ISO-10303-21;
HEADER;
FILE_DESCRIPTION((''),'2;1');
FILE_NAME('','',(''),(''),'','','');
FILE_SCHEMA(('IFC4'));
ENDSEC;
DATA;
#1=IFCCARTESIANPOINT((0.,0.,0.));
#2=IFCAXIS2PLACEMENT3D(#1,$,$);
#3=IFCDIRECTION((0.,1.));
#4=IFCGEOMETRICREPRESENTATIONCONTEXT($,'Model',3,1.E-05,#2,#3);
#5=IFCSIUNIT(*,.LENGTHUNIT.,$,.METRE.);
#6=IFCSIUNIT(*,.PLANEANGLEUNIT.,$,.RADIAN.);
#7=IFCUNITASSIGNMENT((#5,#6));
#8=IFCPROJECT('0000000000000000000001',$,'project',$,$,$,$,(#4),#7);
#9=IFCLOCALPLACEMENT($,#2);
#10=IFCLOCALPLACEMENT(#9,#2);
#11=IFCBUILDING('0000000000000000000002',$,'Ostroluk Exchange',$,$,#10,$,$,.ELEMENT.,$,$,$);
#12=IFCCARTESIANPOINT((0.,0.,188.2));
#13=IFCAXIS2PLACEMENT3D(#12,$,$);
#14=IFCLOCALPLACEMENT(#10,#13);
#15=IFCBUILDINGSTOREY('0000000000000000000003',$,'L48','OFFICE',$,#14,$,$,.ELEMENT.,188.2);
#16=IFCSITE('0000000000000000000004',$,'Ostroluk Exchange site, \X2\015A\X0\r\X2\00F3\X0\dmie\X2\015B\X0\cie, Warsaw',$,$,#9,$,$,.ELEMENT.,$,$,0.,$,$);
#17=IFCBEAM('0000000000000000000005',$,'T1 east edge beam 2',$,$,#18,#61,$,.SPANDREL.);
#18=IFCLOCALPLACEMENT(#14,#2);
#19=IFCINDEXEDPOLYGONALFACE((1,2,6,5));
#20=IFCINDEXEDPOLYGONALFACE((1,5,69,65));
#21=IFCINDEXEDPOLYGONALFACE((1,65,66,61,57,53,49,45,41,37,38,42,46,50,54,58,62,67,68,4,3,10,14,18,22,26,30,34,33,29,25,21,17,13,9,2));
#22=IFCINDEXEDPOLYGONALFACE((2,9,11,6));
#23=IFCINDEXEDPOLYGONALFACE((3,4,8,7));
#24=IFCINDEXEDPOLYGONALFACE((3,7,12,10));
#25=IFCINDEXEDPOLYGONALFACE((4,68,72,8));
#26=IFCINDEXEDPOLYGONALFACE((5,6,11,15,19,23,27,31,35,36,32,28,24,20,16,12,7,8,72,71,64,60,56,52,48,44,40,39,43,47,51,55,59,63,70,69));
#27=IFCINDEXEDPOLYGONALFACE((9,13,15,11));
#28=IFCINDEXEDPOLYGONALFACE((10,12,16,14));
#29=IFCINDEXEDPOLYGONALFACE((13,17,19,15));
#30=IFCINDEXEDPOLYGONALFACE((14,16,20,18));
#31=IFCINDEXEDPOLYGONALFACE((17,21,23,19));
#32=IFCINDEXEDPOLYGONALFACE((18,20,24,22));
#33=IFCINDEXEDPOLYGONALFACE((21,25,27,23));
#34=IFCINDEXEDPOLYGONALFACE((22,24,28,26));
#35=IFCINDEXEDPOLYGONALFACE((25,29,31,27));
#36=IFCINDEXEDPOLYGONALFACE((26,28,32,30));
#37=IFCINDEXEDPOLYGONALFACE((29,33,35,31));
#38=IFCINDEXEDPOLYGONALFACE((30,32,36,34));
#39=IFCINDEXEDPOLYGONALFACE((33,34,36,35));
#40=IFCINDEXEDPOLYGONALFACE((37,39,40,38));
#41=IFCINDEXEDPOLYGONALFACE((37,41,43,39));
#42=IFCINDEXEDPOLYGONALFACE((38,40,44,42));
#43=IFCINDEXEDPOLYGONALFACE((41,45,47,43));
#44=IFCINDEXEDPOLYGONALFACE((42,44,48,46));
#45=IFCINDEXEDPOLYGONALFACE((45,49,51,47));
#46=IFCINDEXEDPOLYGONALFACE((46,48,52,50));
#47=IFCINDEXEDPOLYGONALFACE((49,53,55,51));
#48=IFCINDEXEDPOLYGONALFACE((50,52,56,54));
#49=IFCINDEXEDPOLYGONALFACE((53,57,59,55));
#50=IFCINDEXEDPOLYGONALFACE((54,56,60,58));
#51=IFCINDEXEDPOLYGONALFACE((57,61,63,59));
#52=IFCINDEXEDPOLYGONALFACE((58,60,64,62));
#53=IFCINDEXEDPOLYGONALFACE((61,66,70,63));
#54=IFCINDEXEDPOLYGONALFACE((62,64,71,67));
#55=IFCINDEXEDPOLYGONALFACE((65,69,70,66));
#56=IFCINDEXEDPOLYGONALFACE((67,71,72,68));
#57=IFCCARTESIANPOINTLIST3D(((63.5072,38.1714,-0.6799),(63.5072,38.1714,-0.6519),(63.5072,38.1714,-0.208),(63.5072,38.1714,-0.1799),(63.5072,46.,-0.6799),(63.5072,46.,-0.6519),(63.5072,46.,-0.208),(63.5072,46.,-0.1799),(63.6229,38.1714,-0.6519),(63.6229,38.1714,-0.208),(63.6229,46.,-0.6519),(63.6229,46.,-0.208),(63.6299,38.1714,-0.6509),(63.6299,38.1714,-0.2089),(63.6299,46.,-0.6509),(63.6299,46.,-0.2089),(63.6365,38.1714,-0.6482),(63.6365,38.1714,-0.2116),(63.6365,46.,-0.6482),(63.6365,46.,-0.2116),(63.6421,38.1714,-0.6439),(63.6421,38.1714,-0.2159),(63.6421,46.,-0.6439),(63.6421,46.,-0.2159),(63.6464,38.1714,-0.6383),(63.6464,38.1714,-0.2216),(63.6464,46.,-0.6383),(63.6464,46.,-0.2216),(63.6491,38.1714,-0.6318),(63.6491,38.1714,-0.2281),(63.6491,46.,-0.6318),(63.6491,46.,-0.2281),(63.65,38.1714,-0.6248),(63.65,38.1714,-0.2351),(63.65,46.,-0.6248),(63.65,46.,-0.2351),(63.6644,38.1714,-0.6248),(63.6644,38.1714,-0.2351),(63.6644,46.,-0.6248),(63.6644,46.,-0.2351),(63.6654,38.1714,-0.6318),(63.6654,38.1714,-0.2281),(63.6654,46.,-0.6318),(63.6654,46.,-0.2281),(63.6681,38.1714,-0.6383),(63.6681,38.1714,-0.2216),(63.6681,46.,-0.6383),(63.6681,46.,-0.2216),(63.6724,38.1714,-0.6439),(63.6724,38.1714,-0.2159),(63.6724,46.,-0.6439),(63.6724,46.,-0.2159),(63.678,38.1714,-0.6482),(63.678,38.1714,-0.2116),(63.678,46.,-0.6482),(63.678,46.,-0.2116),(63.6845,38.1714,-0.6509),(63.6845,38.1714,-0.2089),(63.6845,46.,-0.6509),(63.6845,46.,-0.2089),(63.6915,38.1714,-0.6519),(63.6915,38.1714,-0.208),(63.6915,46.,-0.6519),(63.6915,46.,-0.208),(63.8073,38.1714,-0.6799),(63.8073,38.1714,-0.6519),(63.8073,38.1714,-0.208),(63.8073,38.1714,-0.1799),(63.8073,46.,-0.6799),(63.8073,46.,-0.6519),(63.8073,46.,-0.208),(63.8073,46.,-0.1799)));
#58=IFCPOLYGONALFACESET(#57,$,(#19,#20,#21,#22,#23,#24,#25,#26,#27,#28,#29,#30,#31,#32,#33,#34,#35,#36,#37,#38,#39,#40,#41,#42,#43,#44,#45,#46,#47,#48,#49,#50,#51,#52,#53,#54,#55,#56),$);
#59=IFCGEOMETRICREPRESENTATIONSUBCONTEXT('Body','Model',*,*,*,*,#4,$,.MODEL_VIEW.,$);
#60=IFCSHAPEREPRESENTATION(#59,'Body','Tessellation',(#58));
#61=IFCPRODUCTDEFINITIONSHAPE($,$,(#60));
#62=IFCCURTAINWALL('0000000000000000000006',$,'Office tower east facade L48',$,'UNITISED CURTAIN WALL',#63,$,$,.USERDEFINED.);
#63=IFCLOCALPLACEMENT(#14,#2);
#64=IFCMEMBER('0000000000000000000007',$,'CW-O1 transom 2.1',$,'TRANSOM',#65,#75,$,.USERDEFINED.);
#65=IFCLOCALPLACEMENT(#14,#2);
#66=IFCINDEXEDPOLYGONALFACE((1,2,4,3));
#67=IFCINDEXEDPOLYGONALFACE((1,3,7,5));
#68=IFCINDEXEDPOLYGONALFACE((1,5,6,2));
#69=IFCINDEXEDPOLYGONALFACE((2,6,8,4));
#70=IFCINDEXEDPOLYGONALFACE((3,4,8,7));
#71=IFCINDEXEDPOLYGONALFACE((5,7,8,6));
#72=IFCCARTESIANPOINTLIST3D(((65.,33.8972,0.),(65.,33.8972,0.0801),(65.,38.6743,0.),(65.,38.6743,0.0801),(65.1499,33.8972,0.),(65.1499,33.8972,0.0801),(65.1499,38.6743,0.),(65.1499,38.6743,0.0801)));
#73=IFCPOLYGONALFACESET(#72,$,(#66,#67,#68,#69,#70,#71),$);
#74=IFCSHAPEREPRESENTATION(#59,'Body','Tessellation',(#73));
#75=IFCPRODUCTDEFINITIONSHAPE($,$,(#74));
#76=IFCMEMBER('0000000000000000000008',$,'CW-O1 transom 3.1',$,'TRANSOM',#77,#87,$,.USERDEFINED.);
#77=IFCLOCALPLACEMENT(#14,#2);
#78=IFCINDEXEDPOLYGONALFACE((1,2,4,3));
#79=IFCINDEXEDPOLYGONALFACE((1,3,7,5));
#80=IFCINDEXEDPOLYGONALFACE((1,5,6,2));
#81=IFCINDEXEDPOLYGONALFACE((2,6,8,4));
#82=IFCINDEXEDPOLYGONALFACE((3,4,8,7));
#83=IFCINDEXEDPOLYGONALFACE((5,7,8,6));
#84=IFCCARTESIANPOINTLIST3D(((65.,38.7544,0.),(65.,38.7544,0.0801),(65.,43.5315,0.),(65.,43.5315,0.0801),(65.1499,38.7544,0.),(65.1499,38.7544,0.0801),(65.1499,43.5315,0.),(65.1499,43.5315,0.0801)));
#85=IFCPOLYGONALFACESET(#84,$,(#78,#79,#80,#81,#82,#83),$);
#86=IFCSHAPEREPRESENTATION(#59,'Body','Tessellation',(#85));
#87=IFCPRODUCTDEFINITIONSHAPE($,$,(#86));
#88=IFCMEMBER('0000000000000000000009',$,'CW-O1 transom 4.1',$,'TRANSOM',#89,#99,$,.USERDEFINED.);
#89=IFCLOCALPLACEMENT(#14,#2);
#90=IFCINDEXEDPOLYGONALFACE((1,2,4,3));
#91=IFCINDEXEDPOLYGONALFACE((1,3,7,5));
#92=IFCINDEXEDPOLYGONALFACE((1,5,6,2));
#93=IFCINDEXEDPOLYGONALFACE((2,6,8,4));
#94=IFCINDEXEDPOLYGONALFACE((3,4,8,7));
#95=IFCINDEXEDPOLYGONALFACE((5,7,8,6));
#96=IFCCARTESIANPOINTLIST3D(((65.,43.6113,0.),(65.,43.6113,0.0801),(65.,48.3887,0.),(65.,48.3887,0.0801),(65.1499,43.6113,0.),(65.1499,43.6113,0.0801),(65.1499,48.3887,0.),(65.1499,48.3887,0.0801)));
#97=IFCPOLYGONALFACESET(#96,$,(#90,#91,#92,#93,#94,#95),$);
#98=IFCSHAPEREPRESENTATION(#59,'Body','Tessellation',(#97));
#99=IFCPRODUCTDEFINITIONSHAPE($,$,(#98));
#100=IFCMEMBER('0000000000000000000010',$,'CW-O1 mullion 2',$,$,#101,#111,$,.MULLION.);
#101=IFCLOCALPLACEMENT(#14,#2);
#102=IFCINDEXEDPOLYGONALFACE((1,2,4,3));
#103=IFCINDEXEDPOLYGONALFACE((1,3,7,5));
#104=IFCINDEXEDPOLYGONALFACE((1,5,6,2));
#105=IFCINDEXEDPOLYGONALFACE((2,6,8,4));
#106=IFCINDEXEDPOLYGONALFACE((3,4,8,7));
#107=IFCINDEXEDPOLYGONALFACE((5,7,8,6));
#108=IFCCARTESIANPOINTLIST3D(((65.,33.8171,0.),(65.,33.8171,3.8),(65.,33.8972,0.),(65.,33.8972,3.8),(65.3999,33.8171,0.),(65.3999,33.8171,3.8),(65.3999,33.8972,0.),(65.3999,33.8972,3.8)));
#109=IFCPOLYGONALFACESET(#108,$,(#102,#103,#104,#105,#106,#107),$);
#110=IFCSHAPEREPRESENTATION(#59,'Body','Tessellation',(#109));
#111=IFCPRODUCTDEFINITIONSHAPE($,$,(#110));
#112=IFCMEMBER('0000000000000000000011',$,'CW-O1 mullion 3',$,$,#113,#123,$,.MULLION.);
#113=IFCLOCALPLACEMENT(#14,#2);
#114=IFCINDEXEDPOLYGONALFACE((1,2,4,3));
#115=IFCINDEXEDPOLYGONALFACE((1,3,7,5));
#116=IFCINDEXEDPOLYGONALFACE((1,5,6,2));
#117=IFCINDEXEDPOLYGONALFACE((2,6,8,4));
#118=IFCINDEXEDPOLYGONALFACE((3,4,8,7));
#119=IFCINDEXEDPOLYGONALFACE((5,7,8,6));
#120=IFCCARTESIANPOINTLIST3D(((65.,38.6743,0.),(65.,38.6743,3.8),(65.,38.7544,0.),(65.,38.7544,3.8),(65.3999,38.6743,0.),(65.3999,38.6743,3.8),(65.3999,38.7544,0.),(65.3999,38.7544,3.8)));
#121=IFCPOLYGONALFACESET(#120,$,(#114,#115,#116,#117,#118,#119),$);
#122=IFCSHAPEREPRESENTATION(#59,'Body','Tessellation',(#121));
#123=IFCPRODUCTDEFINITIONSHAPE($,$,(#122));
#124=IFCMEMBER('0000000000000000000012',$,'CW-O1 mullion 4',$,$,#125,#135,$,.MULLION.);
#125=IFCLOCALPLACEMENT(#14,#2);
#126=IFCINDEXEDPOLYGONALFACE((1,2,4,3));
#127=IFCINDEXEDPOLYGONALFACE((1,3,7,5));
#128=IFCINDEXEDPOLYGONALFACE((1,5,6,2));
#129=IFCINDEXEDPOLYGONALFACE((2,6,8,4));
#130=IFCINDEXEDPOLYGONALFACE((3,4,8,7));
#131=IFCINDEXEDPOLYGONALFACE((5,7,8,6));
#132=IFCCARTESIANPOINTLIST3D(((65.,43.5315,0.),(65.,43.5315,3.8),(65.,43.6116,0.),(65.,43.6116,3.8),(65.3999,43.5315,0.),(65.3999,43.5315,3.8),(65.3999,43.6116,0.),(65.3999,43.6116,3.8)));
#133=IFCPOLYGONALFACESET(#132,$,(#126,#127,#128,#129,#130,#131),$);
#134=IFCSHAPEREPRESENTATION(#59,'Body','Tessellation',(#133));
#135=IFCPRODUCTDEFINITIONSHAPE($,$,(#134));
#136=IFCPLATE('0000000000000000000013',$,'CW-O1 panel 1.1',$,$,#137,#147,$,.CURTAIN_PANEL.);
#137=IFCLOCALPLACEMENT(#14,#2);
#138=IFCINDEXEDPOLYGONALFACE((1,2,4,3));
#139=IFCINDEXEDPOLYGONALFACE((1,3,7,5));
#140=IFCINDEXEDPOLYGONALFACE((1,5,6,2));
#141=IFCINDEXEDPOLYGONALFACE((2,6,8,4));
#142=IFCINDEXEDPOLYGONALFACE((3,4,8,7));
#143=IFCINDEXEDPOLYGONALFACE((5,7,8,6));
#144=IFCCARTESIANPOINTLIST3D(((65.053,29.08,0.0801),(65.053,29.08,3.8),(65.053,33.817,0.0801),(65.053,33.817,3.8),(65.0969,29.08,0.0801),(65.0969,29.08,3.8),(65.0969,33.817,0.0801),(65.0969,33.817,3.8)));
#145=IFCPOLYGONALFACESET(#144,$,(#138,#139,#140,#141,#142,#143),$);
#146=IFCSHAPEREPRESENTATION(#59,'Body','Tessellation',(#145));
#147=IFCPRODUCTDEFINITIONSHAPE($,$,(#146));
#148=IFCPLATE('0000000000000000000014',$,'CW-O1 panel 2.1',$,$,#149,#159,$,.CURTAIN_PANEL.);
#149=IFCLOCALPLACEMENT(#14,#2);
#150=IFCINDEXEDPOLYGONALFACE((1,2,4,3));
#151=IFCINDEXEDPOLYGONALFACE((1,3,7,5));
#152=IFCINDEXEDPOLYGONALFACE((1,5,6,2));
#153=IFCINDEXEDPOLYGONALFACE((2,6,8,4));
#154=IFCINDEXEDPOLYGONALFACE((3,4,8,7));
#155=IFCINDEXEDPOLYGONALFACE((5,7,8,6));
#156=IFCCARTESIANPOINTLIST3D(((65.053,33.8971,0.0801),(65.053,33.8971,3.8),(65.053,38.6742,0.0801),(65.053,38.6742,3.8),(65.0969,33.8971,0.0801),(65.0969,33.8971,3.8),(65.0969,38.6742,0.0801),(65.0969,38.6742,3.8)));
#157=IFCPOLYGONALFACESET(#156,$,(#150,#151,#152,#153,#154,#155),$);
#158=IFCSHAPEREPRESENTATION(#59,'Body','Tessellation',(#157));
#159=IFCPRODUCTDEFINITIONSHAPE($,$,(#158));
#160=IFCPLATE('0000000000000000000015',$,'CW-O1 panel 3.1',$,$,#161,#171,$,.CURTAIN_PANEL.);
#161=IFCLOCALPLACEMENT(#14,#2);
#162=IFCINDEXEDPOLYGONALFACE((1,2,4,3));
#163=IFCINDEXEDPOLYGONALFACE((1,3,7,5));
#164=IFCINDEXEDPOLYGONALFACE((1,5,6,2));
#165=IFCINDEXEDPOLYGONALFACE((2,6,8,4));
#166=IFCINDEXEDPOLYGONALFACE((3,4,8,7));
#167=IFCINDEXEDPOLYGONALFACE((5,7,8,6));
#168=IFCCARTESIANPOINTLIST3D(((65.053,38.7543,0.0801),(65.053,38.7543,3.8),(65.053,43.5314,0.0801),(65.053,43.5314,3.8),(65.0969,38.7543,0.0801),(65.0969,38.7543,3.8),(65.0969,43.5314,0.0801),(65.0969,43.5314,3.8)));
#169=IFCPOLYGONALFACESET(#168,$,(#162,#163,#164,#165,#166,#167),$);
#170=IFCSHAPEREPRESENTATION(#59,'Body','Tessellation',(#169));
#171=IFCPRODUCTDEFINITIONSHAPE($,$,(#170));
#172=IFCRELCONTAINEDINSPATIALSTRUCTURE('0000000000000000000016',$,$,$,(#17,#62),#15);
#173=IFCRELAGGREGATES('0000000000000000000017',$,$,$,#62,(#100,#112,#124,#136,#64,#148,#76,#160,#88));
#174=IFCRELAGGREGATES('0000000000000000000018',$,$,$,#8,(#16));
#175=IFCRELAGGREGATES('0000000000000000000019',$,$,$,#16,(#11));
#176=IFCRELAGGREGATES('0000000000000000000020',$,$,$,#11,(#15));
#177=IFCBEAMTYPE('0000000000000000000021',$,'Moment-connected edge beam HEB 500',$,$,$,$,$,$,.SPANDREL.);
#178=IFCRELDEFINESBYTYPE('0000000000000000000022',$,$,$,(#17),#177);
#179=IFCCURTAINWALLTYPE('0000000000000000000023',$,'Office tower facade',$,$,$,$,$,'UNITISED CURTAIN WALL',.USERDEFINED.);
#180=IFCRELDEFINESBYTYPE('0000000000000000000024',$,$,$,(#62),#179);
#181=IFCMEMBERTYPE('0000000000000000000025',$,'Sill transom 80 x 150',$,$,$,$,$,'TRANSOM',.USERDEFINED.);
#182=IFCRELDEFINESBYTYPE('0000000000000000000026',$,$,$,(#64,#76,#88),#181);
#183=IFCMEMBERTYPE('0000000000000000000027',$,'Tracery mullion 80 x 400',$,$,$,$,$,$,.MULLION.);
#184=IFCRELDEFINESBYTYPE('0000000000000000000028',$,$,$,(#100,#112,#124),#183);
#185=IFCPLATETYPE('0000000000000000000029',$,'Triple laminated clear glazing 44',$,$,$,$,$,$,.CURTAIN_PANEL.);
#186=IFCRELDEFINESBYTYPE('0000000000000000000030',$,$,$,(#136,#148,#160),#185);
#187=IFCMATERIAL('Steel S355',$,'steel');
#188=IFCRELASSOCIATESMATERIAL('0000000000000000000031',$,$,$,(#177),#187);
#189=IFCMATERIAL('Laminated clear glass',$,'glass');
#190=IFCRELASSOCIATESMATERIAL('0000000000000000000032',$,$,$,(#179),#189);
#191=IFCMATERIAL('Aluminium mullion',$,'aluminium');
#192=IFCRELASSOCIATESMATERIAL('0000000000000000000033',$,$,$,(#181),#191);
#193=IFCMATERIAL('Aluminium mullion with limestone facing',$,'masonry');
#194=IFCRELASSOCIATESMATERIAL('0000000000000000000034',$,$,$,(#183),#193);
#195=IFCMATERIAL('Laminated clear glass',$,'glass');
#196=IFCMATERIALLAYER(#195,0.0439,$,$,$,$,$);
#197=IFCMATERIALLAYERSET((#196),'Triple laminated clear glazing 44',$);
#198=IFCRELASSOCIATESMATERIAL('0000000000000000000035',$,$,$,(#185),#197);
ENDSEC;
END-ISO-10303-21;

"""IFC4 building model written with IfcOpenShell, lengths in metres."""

from ifc_helpers import new_model, si_unit, direction, frame, origin, origin_2d, place, context, subcontext, project, spatial, rectangle, i_section, extrude, material, layer, layer_set, material_profile, profile_set, type_object, element, aggregate, save


model = new_model("IFC4")

# Units and contexts
model_context = context("Model", 3, precision=1e-05, world=origin(), true_north=direction((0.0, 1.0)))
body_context = subcontext(model_context, "Body", "Model", "MODEL_VIEW")
ifc_project = project(units=[si_unit("LENGTHUNIT", "METRE"), si_unit("PLANEANGLEUNIT", "RADIAN")], contexts=[model_context])

# Site, building, storey
site_placement = place(None, origin())
site = spatial("IfcSite", under=ifc_project, at=site_placement, Name="Ostroluk Exchange site, Śródmieście, Warsaw", CompositionType="ELEMENT", RefElevation=0.0)
building_placement = place(site_placement, origin())
building = spatial("IfcBuilding", under=site, at=building_placement, Name="Ostroluk Exchange", CompositionType="ELEMENT")
storey_placement = place(building_placement, frame((0.0, 0.0, 188.2)))
storey = spatial("IfcBuildingStorey", under=building, at=storey_placement, Name="L48", Description="OFFICE", CompositionType="ELEMENT", Elevation=188.2)

# Beam
ifc_material_1 = material(Name="Steel S355", Category="steel")
ifc_material_profile_1 = material_profile(ifc_material_1, i_section(OverallWidth=0.3, OverallDepth=0.5, WebThickness=0.0144, FlangeThickness=0.0281, FilletRadius=0.0271, at=origin_2d()), Name="HEB 500")
ifc_profile_set_1 = profile_set([ifc_material_profile_1], Name="Steel S355")
beam_type_1 = type_object("IfcBeamType", Name="Moment-connected edge beam HEB 500", PredefinedType="SPANDREL", material=ifc_profile_set_1)
beam_1_placement = place(storey_placement, frame((63.6572, 38.1714, -0.4299), z_axis=(0.0, 1.0, 0.0), x_axis=(-1.0, 0.0, 0.0)))
element("IfcBeam", 1, at=beam_1_placement, inside=storey, type_object=beam_type_1, Name="T1 east edge beam 2", PredefinedType="SPANDREL", context=body_context, shape_type="SweptSolid", body=[
    extrude(i_section(OverallWidth=0.3, OverallDepth=0.5, WebThickness=0.0144, FlangeThickness=0.0281, FilletRadius=0.0271, at=origin_2d()), origin(), (0.0, 0.0, 1.0), 7.8286),
])

# Curtain wall, members, plates
ifc_material_2 = material(Name="Laminated clear glass", Category="glass")
curtain_wall_type = type_object("IfcCurtainWallType", Name="Office tower facade", ElementType="UNITISED CURTAIN WALL", PredefinedType="USERDEFINED", material=ifc_material_2)
curtain_wall_placement = place(storey_placement, origin())
curtain_wall = element("IfcCurtainWall", 2, at=curtain_wall_placement, inside=storey, type_object=curtain_wall_type, Name="Office tower east facade L48", ObjectType="UNITISED CURTAIN WALL", PredefinedType="USERDEFINED")
ifc_material_3 = material(Name="Aluminium mullion", Category="aluminium")
ifc_material_profile_2 = material_profile(ifc_material_3, rectangle(XDim=0.1499, YDim=0.0801, at=origin_2d()), Name="Sill transom 80 x 150")
ifc_profile_set_2 = profile_set([ifc_material_profile_2], Name="Aluminium mullion")
member_type_1 = type_object("IfcMemberType", Name="Sill transom 80 x 150", ElementType="TRANSOM", PredefinedType="USERDEFINED", material=ifc_profile_set_2)
member_1_placement = place(storey_placement, frame((65.075, 33.8972, 0.04), z_axis=(0.0, 1.0, 0.0), x_axis=(-1.0, 0.0, 0.0)))
member_1 = element("IfcMember", 3, at=member_1_placement, type_object=member_type_1, Name="CW-O1 transom 2.1", ObjectType="TRANSOM", PredefinedType="USERDEFINED", context=body_context, shape_type="SweptSolid", body=[
    extrude(rectangle(XDim=0.1499, YDim=0.0801, at=origin_2d()), origin(), (0.0, 0.0, 1.0), 4.7771),
])
member_2_placement = place(storey_placement, frame((65.075, 38.7544, 0.04), z_axis=(0.0, 1.0, 0.0), x_axis=(-1.0, 0.0, 0.0)))
member_2 = element("IfcMember", 4, at=member_2_placement, type_object=member_type_1, Name="CW-O1 transom 3.1", ObjectType="TRANSOM", PredefinedType="USERDEFINED", context=body_context, shape_type="SweptSolid", body=[
    extrude(rectangle(XDim=0.1499, YDim=0.0801, at=origin_2d()), origin(), (0.0, 0.0, 1.0), 4.7771),
])
member_3_placement = place(storey_placement, frame((65.075, 43.6113, 0.04), z_axis=(0.0, 1.0, 0.0), x_axis=(-1.0, 0.0, 0.0)))
member_3 = element("IfcMember", 5, at=member_3_placement, type_object=member_type_1, Name="CW-O1 transom 4.1", ObjectType="TRANSOM", PredefinedType="USERDEFINED", context=body_context, shape_type="SweptSolid", body=[
    extrude(rectangle(XDim=0.1499, YDim=0.0801, at=origin_2d()), origin(), (0.0, 0.0, 1.0), 4.7773),
])
ifc_material_4 = material(Name="Aluminium mullion with limestone facing", Category="masonry")
ifc_material_profile_3 = material_profile(ifc_material_4, rectangle(XDim=0.3999, YDim=0.0801, at=origin_2d()), Name="Tracery mullion 80 x 400")
ifc_profile_set_3 = profile_set([ifc_material_profile_3], Name="Aluminium mullion with limestone facing")
member_type_2 = type_object("IfcMemberType", Name="Tracery mullion 80 x 400", PredefinedType="MULLION", material=ifc_profile_set_3)
member_4_placement = place(storey_placement, frame((65.2, 33.8572, 0.0), z_axis=(0.0, 0.0, 1.0), x_axis=(-1.0, 0.0, 0.0)))
member_4 = element("IfcMember", 6, at=member_4_placement, type_object=member_type_2, Name="CW-O1 mullion 2", PredefinedType="MULLION", context=body_context, shape_type="SweptSolid", body=[
    extrude(rectangle(XDim=0.3999, YDim=0.0801, at=origin_2d()), origin(), (0.0, 0.0, 1.0), 3.8),
])
member_5_placement = place(storey_placement, frame((65.2, 38.7144, 0.0), z_axis=(0.0, 0.0, 1.0), x_axis=(-1.0, 0.0, 0.0)))
member_5 = element("IfcMember", 7, at=member_5_placement, type_object=member_type_2, Name="CW-O1 mullion 3", PredefinedType="MULLION", context=body_context, shape_type="SweptSolid", body=[
    extrude(rectangle(XDim=0.3999, YDim=0.0801, at=origin_2d()), origin(), (0.0, 0.0, 1.0), 3.8),
])
member_6_placement = place(storey_placement, frame((65.2, 43.5715, 0.0), z_axis=(0.0, 0.0, 1.0), x_axis=(-1.0, 0.0, 0.0)))
member_6 = element("IfcMember", 8, at=member_6_placement, type_object=member_type_2, Name="CW-O1 mullion 4", PredefinedType="MULLION", context=body_context, shape_type="SweptSolid", body=[
    extrude(rectangle(XDim=0.3999, YDim=0.0801, at=origin_2d()), origin(), (0.0, 0.0, 1.0), 3.8),
])
ifc_material_5 = material(Name="Laminated clear glass", Category="glass")
ifc_layer_1 = layer(ifc_material_5, 0.0439)
ifc_layer_set_1 = layer_set([ifc_layer_1], Name="Triple laminated clear glazing 44")
plate_type = type_object("IfcPlateType", Name="Triple laminated clear glazing 44", PredefinedType="CURTAIN_PANEL", material=ifc_layer_set_1)
plate_1_placement = place(storey_placement, frame((65.075, 31.4485, 0.0801), z_axis=(0.0, 0.0, 1.0), x_axis=(0.0, 1.0, 0.0)))
plate_1 = element("IfcPlate", 9, at=plate_1_placement, type_object=plate_type, Name="CW-O1 panel 1.1", PredefinedType="CURTAIN_PANEL", context=body_context, shape_type="SweptSolid", body=[
    extrude(rectangle(XDim=4.7371, YDim=0.0439, at=origin_2d()), origin(), (0.0, 0.0, 1.0), 3.72),
])
plate_2_placement = place(storey_placement, frame((65.075, 36.2856, 0.0801), z_axis=(0.0, 0.0, 1.0), x_axis=(0.0, 1.0, 0.0)))
plate_2 = element("IfcPlate", 10, at=plate_2_placement, type_object=plate_type, Name="CW-O1 panel 2.1", PredefinedType="CURTAIN_PANEL", context=body_context, shape_type="SweptSolid", body=[
    extrude(rectangle(XDim=4.7771, YDim=0.0439, at=origin_2d()), origin(), (0.0, 0.0, 1.0), 3.72),
])
plate_3_placement = place(storey_placement, frame((65.075, 41.1428, 0.0801), z_axis=(0.0, 0.0, 1.0), x_axis=(0.0, 1.0, 0.0)))
plate_3 = element("IfcPlate", 11, at=plate_3_placement, type_object=plate_type, Name="CW-O1 panel 3.1", PredefinedType="CURTAIN_PANEL", context=body_context, shape_type="SweptSolid", body=[
    extrude(rectangle(XDim=4.7771, YDim=0.0439, at=origin_2d()), origin(), (0.0, 0.0, 1.0), 3.72),
])
aggregate(curtain_wall, [member_4, member_5, member_6, plate_1, member_1, plate_2, member_2, plate_3, member_3])

save(model, "model.ifc")
